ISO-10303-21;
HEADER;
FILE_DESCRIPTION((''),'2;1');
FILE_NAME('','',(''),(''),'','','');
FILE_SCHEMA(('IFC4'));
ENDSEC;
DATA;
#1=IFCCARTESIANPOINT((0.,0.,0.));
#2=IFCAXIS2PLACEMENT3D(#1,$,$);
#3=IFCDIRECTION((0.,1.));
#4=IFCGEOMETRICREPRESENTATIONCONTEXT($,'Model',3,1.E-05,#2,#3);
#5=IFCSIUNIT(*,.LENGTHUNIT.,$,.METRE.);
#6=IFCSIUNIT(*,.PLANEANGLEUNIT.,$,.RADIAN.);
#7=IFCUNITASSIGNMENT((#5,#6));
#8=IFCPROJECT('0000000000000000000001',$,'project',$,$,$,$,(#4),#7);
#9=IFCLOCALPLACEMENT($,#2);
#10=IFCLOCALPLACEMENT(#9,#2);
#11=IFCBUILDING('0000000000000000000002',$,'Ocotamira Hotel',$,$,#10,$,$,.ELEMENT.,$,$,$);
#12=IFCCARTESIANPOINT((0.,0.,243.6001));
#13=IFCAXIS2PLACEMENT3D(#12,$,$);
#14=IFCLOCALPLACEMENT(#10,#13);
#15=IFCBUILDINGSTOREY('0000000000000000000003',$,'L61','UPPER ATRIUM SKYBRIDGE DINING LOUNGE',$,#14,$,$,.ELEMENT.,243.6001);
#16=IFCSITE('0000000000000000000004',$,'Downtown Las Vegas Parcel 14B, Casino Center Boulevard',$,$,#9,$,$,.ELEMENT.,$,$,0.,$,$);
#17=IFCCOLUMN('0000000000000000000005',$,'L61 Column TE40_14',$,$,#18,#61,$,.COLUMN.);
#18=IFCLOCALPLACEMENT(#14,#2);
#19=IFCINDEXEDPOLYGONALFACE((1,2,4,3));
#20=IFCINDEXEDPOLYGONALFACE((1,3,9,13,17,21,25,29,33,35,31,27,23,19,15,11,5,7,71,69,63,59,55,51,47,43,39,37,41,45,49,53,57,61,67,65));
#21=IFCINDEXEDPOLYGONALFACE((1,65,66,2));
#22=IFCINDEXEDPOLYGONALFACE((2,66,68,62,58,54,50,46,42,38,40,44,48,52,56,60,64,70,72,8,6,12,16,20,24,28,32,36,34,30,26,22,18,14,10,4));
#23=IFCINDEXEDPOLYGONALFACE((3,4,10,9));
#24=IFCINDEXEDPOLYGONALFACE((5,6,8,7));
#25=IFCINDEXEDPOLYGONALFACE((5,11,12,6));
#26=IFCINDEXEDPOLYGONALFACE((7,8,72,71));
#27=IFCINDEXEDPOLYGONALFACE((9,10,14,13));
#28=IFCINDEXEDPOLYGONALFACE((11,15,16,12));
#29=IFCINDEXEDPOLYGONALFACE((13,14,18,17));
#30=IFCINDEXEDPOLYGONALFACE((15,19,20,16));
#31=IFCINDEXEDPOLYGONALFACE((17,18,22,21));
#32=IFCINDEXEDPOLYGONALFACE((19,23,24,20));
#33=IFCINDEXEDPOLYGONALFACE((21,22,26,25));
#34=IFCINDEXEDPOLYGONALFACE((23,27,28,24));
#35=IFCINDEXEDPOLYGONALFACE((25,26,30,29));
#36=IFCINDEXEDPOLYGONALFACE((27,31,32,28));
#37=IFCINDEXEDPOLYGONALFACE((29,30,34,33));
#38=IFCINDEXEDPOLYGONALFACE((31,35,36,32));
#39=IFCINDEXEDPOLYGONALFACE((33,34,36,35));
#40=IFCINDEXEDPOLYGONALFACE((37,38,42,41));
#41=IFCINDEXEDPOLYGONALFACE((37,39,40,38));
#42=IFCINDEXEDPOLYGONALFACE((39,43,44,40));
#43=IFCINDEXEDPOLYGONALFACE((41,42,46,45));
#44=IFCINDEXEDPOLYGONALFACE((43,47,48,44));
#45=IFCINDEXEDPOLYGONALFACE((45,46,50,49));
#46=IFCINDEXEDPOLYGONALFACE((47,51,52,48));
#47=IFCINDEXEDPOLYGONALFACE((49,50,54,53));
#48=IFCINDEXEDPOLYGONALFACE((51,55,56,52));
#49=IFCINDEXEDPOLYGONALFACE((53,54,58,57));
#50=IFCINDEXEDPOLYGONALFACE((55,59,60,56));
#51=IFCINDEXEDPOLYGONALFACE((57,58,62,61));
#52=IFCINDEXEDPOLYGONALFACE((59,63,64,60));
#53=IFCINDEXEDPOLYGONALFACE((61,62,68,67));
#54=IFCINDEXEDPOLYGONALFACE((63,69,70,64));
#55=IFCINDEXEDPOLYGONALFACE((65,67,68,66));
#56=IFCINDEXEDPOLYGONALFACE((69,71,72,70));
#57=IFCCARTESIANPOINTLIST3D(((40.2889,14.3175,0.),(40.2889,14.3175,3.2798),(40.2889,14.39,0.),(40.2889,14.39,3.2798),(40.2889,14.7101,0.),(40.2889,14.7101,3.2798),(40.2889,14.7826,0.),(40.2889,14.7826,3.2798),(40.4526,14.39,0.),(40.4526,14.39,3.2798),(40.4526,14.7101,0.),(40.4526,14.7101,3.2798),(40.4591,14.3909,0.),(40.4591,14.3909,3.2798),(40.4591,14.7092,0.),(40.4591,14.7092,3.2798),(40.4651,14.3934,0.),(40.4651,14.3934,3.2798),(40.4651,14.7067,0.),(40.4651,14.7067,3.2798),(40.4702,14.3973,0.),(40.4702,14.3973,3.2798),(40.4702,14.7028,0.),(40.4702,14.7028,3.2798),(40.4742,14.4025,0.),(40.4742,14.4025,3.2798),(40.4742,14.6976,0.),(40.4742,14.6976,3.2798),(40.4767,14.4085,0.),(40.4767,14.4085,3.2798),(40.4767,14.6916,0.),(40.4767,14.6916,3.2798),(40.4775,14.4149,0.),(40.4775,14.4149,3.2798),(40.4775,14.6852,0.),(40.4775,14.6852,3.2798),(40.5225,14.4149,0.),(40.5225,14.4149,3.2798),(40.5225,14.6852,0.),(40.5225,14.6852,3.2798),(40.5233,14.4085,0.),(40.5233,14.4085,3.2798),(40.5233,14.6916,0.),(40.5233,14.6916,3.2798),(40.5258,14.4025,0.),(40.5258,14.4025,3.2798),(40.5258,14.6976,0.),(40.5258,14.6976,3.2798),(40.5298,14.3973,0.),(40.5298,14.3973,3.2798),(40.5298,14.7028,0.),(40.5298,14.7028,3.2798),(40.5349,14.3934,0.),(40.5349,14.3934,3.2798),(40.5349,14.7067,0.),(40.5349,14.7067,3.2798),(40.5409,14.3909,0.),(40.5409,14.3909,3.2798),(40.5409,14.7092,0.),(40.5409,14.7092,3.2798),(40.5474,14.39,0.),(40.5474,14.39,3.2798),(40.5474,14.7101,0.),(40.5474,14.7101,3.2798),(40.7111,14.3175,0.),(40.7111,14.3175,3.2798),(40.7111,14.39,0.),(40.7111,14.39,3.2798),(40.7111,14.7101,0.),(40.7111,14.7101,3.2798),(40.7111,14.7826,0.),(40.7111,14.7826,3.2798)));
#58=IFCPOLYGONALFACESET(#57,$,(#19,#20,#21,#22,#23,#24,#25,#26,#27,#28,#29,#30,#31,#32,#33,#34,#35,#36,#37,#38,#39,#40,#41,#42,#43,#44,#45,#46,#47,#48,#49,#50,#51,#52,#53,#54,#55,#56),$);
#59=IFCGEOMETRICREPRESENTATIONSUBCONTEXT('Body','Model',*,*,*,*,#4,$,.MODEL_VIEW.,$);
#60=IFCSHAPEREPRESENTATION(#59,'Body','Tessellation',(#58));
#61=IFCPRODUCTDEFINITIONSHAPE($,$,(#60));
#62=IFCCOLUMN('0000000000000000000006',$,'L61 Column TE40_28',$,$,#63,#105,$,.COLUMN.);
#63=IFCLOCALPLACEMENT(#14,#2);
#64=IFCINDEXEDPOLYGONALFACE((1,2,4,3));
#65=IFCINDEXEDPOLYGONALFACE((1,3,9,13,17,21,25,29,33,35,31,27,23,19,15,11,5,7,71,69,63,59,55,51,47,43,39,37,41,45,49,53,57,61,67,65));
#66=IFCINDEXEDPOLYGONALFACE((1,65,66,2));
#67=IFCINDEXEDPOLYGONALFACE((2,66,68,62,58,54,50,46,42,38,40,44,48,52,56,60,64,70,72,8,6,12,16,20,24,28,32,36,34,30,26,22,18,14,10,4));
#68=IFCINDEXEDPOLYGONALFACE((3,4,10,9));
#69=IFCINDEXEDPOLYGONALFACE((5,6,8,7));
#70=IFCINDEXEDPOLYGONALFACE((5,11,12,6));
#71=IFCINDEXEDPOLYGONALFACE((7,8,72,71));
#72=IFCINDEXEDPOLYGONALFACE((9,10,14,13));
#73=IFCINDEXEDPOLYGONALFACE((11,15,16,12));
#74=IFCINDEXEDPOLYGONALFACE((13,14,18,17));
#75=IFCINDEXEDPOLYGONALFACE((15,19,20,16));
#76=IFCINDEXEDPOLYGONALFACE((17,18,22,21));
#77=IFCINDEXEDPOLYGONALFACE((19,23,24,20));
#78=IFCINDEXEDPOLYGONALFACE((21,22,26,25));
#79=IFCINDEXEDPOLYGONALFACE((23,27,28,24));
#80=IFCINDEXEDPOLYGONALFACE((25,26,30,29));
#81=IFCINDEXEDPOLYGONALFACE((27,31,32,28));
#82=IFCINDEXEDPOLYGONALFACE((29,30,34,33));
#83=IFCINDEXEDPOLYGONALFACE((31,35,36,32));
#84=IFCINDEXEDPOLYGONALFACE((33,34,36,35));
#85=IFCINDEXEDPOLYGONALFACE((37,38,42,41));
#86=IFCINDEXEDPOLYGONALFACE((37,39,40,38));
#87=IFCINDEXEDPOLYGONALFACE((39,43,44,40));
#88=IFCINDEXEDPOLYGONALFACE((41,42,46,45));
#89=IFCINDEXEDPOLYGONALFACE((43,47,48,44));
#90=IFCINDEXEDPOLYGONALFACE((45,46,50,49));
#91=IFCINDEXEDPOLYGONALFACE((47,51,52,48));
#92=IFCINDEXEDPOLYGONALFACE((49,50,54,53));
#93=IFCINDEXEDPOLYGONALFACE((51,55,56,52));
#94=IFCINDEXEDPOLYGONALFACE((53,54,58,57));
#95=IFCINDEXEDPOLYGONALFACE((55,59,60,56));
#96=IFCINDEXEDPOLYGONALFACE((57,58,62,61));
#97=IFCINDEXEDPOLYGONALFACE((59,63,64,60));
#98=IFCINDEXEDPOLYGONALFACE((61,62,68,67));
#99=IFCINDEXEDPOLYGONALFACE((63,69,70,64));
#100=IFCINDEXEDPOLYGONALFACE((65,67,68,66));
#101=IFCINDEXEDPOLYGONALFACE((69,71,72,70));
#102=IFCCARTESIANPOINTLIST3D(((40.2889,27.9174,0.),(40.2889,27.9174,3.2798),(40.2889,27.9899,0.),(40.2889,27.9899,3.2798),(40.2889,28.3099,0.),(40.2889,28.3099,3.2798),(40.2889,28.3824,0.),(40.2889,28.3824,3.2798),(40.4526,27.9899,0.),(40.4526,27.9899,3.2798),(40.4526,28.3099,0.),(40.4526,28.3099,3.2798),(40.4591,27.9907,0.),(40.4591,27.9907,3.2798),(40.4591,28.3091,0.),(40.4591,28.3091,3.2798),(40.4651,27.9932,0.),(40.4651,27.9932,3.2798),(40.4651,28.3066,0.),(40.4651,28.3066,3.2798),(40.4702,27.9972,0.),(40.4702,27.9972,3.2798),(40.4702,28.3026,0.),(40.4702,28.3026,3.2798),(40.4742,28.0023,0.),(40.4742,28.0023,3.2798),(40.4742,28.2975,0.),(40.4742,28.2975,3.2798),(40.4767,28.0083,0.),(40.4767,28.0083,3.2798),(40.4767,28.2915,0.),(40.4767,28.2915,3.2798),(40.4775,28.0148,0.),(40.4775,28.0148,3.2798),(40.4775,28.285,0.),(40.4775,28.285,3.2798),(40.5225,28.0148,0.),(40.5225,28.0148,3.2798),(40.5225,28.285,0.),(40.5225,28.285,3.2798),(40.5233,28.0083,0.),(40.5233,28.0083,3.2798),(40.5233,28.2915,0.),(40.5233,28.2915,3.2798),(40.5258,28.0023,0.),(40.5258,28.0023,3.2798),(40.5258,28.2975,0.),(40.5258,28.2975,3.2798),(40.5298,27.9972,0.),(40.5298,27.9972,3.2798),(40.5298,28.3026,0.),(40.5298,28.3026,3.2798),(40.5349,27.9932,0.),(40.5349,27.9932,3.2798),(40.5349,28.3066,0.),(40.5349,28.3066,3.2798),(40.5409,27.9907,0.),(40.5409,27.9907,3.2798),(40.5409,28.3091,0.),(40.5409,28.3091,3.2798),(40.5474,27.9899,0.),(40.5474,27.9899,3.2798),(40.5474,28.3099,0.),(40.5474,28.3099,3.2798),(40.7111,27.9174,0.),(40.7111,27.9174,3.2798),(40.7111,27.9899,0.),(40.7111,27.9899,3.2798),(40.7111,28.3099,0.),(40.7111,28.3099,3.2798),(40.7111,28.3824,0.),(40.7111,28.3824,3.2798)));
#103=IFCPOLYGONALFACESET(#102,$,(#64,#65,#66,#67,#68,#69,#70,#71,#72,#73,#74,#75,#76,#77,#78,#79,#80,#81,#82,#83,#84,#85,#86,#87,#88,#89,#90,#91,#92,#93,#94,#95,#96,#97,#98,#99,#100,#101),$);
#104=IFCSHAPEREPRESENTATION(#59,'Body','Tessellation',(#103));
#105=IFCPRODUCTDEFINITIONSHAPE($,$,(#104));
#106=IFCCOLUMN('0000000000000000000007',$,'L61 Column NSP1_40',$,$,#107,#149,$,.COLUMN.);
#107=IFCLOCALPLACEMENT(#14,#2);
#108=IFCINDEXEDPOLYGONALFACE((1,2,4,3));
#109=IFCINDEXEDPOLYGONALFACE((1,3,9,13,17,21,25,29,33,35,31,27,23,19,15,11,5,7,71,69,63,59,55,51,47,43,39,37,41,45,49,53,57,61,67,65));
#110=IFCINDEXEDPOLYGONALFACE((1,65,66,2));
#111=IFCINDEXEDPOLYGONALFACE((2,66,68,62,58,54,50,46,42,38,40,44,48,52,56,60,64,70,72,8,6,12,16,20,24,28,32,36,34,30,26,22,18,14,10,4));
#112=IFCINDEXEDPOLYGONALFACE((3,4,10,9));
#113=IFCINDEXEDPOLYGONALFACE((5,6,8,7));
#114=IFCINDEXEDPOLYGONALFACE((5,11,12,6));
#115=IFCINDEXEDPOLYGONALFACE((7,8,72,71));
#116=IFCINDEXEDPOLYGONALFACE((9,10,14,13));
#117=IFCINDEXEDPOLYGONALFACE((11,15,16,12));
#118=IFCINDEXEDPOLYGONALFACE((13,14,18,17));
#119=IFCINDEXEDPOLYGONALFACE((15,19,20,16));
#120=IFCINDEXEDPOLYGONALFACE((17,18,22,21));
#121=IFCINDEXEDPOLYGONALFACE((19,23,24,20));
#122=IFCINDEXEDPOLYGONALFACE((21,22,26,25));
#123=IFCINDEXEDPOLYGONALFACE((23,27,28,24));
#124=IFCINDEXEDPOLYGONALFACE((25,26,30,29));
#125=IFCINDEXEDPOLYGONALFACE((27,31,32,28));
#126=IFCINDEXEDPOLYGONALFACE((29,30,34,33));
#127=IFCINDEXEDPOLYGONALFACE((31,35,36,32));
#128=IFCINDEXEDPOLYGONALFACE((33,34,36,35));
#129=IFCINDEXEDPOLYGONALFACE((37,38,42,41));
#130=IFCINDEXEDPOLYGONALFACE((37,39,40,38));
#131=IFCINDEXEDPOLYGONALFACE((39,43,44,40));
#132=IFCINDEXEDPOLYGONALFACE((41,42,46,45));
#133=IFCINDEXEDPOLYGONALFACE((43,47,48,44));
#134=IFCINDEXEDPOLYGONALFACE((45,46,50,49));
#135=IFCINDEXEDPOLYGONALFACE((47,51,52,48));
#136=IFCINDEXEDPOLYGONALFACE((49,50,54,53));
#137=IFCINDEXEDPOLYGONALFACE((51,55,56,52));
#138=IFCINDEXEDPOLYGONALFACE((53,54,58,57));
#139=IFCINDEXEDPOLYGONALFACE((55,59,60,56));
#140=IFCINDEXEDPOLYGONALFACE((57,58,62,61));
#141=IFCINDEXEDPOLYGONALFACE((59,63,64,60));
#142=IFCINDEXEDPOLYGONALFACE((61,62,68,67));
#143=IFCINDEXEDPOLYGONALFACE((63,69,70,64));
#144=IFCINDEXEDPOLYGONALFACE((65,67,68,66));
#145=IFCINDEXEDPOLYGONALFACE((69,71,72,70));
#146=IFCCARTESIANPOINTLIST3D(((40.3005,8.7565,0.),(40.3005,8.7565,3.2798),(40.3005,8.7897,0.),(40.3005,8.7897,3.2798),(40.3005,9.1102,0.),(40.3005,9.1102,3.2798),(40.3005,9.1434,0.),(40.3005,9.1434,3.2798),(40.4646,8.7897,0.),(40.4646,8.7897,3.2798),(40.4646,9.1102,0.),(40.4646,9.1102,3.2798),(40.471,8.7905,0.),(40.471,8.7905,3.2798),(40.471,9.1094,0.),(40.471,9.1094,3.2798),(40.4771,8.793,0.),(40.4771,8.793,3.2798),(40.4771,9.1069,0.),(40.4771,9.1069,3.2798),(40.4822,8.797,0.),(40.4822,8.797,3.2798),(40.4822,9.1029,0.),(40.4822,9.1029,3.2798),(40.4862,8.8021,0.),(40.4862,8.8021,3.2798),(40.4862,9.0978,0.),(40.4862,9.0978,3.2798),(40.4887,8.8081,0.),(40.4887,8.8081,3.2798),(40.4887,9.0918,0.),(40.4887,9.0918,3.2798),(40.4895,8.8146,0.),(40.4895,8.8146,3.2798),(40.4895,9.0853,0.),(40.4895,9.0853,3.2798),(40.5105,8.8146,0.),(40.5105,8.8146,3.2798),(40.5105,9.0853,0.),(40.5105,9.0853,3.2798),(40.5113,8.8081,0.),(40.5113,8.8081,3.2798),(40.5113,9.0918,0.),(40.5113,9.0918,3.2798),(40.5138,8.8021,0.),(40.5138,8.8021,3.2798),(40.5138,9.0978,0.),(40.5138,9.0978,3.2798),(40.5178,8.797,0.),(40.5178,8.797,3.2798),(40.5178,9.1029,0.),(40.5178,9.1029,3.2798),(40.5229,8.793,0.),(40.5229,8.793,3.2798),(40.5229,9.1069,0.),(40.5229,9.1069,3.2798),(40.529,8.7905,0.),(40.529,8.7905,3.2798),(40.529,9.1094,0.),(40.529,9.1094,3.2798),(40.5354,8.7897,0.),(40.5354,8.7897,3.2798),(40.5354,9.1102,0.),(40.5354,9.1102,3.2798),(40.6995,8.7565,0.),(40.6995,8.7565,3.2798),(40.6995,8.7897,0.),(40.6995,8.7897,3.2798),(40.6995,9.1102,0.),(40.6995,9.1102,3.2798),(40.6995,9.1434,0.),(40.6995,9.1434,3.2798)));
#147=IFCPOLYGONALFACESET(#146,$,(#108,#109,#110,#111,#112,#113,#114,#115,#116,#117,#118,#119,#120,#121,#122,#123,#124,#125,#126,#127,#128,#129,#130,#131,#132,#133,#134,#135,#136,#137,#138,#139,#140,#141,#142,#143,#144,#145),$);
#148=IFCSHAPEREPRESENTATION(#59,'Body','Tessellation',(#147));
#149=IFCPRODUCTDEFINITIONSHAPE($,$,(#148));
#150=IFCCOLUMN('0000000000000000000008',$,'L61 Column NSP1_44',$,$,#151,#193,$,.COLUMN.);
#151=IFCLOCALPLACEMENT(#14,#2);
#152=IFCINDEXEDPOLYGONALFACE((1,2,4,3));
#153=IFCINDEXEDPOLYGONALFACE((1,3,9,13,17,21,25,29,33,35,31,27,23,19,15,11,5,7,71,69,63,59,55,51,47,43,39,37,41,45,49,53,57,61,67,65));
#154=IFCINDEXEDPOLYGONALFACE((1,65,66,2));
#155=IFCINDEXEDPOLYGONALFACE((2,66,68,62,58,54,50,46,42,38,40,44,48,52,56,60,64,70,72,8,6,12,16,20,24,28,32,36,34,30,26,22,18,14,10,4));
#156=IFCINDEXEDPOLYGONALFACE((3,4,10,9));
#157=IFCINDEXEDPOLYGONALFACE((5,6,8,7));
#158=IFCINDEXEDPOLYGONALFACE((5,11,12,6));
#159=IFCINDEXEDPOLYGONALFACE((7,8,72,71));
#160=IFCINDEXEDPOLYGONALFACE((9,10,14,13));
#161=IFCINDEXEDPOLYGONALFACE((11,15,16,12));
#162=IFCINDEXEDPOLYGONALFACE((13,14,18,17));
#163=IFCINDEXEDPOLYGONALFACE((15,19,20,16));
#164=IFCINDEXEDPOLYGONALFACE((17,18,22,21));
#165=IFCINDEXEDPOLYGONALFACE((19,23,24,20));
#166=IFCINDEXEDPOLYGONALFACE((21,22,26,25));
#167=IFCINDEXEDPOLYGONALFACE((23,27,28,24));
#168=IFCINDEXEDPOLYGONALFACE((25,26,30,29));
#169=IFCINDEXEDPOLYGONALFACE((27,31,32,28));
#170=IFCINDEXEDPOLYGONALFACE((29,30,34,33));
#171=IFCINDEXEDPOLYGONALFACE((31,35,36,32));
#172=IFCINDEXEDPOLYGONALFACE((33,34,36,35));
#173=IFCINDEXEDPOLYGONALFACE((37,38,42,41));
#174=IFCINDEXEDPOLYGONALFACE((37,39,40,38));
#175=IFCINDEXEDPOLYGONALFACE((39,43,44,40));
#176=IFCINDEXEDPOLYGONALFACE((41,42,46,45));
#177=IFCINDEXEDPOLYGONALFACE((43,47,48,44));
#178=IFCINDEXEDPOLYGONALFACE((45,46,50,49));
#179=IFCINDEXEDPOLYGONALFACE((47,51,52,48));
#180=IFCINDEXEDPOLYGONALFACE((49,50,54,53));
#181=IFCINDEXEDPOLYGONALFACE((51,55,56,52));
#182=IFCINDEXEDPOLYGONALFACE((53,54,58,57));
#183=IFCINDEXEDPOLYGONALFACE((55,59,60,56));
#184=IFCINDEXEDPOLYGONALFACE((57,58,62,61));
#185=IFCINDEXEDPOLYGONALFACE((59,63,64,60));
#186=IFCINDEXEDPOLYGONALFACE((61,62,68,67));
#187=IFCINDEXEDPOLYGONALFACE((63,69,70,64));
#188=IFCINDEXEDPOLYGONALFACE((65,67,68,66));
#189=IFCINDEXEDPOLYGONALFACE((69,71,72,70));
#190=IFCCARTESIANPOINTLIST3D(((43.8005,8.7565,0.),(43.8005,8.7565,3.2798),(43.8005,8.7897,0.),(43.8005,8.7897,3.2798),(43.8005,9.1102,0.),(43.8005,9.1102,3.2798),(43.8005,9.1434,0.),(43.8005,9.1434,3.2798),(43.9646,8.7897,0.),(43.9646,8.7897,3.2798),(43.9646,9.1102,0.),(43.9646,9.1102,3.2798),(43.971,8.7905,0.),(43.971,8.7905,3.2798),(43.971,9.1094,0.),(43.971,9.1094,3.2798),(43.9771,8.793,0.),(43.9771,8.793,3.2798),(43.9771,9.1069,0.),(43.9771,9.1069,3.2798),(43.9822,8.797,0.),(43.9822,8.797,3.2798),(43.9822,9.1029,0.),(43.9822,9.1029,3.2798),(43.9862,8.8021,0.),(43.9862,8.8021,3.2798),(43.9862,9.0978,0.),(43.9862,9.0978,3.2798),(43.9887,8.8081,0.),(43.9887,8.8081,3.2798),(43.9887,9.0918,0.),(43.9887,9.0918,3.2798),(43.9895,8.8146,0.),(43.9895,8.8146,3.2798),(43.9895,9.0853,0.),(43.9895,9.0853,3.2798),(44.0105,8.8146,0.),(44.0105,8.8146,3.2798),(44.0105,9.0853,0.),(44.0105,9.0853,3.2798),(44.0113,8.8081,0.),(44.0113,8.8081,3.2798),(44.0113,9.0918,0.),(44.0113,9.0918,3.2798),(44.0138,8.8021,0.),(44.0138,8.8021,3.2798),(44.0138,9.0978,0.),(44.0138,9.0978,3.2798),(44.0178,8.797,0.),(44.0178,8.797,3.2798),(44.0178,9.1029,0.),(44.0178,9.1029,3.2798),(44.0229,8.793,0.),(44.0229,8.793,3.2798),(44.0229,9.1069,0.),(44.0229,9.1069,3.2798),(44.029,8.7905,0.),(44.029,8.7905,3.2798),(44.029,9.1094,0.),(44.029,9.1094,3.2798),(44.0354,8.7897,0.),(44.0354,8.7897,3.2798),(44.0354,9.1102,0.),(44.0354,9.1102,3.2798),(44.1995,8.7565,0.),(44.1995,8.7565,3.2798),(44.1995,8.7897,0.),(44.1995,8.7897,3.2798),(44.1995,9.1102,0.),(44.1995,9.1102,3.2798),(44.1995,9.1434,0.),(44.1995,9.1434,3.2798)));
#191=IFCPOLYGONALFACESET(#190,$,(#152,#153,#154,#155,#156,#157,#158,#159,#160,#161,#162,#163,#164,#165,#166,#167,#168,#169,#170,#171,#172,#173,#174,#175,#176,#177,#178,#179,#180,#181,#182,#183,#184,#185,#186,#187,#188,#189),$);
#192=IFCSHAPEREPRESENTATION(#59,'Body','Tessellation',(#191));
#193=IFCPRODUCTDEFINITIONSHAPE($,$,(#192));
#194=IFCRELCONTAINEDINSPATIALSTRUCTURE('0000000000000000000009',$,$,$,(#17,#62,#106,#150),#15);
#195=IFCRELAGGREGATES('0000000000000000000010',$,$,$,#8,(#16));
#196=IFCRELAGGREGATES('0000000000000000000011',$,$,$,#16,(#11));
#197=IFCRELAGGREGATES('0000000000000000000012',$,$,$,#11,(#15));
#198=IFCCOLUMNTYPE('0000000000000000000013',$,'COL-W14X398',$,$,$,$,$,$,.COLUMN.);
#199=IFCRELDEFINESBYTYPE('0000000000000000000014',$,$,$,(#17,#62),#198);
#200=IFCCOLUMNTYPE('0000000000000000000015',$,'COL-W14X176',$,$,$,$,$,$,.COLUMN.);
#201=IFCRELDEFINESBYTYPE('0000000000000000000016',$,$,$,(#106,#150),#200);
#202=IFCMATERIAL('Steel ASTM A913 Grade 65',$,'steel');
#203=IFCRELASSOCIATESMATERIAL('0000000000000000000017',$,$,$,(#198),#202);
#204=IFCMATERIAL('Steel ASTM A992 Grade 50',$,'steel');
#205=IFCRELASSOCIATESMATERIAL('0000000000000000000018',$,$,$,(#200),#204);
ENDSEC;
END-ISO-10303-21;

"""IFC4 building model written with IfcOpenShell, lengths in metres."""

from ifc_helpers import new_model, si_unit, direction, frame, origin, origin_2d, place, context, subcontext, project, spatial, i_section, extrude, source, transform, mapped, material, material_profile, profile_set, type_object, element, save


model = new_model("IFC4")

# Units and contexts
model_context = context("Model", 3, precision=1e-05, world=origin(), true_north=direction((0.0, 1.0)))
body_context = subcontext(model_context, "Body", "Model", "MODEL_VIEW")
ifc_project = project(units=[si_unit("LENGTHUNIT", "METRE"), si_unit("PLANEANGLEUNIT", "RADIAN")], contexts=[model_context])

# Site, building, storey
site_placement = place(None, origin())
site = spatial("IfcSite", under=ifc_project, at=site_placement, Name="Downtown Las Vegas Parcel 14B, Casino Center Boulevard", CompositionType="ELEMENT", RefElevation=0.0)
building_placement = place(site_placement, origin())
building = spatial("IfcBuilding", under=site, at=building_placement, Name="Ocotamira Hotel", CompositionType="ELEMENT")
storey_placement = place(building_placement, frame((0.0, 0.0, 243.6001)))
storey = spatial("IfcBuildingStorey", under=building, at=storey_placement, Name="L61", Description="UPPER ATRIUM SKYBRIDGE DINING LOUNGE", CompositionType="ELEMENT", Elevation=243.6001)

# Columns
ifc_material_1 = material(Name="Steel ASTM A913 Grade 65", Category="steel")
ifc_material_profile_1 = material_profile(ifc_material_1, i_section(OverallWidth=0.4221, OverallDepth=0.4651, WebThickness=0.0449, FlangeThickness=0.0725, FilletRadius=0.0249, at=origin_2d()), Name="W14X398")
ifc_profile_set_1 = profile_set([ifc_material_profile_1], Name="Steel ASTM A913 Grade 65")
column_type_1 = type_object("IfcColumnType", Name="COL-W14X398", PredefinedType="COLUMN", material=ifc_profile_set_1)
shared_shape_1 = source(origin(), body_context, "Body", "SweptSolid", [
    extrude(i_section(OverallWidth=0.4221, OverallDepth=0.4651, WebThickness=0.0449, FlangeThickness=0.0725, FilletRadius=0.0249, at=origin_2d()), origin(), (0.0, 0.0, 1.0), 3.2798),
])
for number, where, z_axis, x_axis, name in (
    (1, (40.5, 14.55, 0.0), (0.0, 0.0, 1.0), (1.0, 0.0, 0.0), "L61 Column TE40_14"),
    (2, (40.5, 28.1499, 0.0), (0.0, 0.0, 1.0), (1.0, 0.0, 0.0), "L61 Column TE40_28"),
):
    element("IfcColumn", number, at=place(storey_placement, frame(where, z_axis=z_axis, x_axis=x_axis)), inside=storey, type_object=column_type_1, Name=name, PredefinedType="COLUMN", context=body_context, shape_type="MappedRepresentation", body=[
        mapped(shared_shape_1, transform((0.0, 0.0, 0.0), scale=1.0)),
    ])
ifc_material_2 = material(Name="Steel ASTM A992 Grade 50", Category="steel")
ifc_material_profile_2 = material_profile(ifc_material_2, i_section(OverallWidth=0.3989, OverallDepth=0.387, WebThickness=0.021, FlangeThickness=0.0332, FilletRadius=0.0249, at=origin_2d()), Name="W14X176")
ifc_profile_set_2 = profile_set([ifc_material_profile_2], Name="Steel ASTM A992 Grade 50")
column_type_2 = type_object("IfcColumnType", Name="COL-W14X176", PredefinedType="COLUMN", material=ifc_profile_set_2)
shared_shape_2 = source(origin(), body_context, "Body", "SweptSolid", [
    extrude(i_section(OverallWidth=0.3989, OverallDepth=0.387, WebThickness=0.021, FlangeThickness=0.0332, FilletRadius=0.0249, at=origin_2d()), origin(), (0.0, 0.0, 1.0), 3.2798),
])
for number, where, z_axis, x_axis, name in (
    (3, (40.5, 8.95, 0.0), (0.0, 0.0, 1.0), (1.0, 0.0, 0.0), "L61 Column NSP1_40"),
    (4, (44.0, 8.95, 0.0), (0.0, 0.0, 1.0), (1.0, 0.0, 0.0), "L61 Column NSP1_44"),
):
    element("IfcColumn", number, at=place(storey_placement, frame(where, z_axis=z_axis, x_axis=x_axis)), inside=storey, type_object=column_type_2, Name=name, PredefinedType="COLUMN", context=body_context, shape_type="MappedRepresentation", body=[
        mapped(shared_shape_2, transform((0.0, 0.0, 0.0), scale=1.0)),
    ])

save(model, "model.ifc")
